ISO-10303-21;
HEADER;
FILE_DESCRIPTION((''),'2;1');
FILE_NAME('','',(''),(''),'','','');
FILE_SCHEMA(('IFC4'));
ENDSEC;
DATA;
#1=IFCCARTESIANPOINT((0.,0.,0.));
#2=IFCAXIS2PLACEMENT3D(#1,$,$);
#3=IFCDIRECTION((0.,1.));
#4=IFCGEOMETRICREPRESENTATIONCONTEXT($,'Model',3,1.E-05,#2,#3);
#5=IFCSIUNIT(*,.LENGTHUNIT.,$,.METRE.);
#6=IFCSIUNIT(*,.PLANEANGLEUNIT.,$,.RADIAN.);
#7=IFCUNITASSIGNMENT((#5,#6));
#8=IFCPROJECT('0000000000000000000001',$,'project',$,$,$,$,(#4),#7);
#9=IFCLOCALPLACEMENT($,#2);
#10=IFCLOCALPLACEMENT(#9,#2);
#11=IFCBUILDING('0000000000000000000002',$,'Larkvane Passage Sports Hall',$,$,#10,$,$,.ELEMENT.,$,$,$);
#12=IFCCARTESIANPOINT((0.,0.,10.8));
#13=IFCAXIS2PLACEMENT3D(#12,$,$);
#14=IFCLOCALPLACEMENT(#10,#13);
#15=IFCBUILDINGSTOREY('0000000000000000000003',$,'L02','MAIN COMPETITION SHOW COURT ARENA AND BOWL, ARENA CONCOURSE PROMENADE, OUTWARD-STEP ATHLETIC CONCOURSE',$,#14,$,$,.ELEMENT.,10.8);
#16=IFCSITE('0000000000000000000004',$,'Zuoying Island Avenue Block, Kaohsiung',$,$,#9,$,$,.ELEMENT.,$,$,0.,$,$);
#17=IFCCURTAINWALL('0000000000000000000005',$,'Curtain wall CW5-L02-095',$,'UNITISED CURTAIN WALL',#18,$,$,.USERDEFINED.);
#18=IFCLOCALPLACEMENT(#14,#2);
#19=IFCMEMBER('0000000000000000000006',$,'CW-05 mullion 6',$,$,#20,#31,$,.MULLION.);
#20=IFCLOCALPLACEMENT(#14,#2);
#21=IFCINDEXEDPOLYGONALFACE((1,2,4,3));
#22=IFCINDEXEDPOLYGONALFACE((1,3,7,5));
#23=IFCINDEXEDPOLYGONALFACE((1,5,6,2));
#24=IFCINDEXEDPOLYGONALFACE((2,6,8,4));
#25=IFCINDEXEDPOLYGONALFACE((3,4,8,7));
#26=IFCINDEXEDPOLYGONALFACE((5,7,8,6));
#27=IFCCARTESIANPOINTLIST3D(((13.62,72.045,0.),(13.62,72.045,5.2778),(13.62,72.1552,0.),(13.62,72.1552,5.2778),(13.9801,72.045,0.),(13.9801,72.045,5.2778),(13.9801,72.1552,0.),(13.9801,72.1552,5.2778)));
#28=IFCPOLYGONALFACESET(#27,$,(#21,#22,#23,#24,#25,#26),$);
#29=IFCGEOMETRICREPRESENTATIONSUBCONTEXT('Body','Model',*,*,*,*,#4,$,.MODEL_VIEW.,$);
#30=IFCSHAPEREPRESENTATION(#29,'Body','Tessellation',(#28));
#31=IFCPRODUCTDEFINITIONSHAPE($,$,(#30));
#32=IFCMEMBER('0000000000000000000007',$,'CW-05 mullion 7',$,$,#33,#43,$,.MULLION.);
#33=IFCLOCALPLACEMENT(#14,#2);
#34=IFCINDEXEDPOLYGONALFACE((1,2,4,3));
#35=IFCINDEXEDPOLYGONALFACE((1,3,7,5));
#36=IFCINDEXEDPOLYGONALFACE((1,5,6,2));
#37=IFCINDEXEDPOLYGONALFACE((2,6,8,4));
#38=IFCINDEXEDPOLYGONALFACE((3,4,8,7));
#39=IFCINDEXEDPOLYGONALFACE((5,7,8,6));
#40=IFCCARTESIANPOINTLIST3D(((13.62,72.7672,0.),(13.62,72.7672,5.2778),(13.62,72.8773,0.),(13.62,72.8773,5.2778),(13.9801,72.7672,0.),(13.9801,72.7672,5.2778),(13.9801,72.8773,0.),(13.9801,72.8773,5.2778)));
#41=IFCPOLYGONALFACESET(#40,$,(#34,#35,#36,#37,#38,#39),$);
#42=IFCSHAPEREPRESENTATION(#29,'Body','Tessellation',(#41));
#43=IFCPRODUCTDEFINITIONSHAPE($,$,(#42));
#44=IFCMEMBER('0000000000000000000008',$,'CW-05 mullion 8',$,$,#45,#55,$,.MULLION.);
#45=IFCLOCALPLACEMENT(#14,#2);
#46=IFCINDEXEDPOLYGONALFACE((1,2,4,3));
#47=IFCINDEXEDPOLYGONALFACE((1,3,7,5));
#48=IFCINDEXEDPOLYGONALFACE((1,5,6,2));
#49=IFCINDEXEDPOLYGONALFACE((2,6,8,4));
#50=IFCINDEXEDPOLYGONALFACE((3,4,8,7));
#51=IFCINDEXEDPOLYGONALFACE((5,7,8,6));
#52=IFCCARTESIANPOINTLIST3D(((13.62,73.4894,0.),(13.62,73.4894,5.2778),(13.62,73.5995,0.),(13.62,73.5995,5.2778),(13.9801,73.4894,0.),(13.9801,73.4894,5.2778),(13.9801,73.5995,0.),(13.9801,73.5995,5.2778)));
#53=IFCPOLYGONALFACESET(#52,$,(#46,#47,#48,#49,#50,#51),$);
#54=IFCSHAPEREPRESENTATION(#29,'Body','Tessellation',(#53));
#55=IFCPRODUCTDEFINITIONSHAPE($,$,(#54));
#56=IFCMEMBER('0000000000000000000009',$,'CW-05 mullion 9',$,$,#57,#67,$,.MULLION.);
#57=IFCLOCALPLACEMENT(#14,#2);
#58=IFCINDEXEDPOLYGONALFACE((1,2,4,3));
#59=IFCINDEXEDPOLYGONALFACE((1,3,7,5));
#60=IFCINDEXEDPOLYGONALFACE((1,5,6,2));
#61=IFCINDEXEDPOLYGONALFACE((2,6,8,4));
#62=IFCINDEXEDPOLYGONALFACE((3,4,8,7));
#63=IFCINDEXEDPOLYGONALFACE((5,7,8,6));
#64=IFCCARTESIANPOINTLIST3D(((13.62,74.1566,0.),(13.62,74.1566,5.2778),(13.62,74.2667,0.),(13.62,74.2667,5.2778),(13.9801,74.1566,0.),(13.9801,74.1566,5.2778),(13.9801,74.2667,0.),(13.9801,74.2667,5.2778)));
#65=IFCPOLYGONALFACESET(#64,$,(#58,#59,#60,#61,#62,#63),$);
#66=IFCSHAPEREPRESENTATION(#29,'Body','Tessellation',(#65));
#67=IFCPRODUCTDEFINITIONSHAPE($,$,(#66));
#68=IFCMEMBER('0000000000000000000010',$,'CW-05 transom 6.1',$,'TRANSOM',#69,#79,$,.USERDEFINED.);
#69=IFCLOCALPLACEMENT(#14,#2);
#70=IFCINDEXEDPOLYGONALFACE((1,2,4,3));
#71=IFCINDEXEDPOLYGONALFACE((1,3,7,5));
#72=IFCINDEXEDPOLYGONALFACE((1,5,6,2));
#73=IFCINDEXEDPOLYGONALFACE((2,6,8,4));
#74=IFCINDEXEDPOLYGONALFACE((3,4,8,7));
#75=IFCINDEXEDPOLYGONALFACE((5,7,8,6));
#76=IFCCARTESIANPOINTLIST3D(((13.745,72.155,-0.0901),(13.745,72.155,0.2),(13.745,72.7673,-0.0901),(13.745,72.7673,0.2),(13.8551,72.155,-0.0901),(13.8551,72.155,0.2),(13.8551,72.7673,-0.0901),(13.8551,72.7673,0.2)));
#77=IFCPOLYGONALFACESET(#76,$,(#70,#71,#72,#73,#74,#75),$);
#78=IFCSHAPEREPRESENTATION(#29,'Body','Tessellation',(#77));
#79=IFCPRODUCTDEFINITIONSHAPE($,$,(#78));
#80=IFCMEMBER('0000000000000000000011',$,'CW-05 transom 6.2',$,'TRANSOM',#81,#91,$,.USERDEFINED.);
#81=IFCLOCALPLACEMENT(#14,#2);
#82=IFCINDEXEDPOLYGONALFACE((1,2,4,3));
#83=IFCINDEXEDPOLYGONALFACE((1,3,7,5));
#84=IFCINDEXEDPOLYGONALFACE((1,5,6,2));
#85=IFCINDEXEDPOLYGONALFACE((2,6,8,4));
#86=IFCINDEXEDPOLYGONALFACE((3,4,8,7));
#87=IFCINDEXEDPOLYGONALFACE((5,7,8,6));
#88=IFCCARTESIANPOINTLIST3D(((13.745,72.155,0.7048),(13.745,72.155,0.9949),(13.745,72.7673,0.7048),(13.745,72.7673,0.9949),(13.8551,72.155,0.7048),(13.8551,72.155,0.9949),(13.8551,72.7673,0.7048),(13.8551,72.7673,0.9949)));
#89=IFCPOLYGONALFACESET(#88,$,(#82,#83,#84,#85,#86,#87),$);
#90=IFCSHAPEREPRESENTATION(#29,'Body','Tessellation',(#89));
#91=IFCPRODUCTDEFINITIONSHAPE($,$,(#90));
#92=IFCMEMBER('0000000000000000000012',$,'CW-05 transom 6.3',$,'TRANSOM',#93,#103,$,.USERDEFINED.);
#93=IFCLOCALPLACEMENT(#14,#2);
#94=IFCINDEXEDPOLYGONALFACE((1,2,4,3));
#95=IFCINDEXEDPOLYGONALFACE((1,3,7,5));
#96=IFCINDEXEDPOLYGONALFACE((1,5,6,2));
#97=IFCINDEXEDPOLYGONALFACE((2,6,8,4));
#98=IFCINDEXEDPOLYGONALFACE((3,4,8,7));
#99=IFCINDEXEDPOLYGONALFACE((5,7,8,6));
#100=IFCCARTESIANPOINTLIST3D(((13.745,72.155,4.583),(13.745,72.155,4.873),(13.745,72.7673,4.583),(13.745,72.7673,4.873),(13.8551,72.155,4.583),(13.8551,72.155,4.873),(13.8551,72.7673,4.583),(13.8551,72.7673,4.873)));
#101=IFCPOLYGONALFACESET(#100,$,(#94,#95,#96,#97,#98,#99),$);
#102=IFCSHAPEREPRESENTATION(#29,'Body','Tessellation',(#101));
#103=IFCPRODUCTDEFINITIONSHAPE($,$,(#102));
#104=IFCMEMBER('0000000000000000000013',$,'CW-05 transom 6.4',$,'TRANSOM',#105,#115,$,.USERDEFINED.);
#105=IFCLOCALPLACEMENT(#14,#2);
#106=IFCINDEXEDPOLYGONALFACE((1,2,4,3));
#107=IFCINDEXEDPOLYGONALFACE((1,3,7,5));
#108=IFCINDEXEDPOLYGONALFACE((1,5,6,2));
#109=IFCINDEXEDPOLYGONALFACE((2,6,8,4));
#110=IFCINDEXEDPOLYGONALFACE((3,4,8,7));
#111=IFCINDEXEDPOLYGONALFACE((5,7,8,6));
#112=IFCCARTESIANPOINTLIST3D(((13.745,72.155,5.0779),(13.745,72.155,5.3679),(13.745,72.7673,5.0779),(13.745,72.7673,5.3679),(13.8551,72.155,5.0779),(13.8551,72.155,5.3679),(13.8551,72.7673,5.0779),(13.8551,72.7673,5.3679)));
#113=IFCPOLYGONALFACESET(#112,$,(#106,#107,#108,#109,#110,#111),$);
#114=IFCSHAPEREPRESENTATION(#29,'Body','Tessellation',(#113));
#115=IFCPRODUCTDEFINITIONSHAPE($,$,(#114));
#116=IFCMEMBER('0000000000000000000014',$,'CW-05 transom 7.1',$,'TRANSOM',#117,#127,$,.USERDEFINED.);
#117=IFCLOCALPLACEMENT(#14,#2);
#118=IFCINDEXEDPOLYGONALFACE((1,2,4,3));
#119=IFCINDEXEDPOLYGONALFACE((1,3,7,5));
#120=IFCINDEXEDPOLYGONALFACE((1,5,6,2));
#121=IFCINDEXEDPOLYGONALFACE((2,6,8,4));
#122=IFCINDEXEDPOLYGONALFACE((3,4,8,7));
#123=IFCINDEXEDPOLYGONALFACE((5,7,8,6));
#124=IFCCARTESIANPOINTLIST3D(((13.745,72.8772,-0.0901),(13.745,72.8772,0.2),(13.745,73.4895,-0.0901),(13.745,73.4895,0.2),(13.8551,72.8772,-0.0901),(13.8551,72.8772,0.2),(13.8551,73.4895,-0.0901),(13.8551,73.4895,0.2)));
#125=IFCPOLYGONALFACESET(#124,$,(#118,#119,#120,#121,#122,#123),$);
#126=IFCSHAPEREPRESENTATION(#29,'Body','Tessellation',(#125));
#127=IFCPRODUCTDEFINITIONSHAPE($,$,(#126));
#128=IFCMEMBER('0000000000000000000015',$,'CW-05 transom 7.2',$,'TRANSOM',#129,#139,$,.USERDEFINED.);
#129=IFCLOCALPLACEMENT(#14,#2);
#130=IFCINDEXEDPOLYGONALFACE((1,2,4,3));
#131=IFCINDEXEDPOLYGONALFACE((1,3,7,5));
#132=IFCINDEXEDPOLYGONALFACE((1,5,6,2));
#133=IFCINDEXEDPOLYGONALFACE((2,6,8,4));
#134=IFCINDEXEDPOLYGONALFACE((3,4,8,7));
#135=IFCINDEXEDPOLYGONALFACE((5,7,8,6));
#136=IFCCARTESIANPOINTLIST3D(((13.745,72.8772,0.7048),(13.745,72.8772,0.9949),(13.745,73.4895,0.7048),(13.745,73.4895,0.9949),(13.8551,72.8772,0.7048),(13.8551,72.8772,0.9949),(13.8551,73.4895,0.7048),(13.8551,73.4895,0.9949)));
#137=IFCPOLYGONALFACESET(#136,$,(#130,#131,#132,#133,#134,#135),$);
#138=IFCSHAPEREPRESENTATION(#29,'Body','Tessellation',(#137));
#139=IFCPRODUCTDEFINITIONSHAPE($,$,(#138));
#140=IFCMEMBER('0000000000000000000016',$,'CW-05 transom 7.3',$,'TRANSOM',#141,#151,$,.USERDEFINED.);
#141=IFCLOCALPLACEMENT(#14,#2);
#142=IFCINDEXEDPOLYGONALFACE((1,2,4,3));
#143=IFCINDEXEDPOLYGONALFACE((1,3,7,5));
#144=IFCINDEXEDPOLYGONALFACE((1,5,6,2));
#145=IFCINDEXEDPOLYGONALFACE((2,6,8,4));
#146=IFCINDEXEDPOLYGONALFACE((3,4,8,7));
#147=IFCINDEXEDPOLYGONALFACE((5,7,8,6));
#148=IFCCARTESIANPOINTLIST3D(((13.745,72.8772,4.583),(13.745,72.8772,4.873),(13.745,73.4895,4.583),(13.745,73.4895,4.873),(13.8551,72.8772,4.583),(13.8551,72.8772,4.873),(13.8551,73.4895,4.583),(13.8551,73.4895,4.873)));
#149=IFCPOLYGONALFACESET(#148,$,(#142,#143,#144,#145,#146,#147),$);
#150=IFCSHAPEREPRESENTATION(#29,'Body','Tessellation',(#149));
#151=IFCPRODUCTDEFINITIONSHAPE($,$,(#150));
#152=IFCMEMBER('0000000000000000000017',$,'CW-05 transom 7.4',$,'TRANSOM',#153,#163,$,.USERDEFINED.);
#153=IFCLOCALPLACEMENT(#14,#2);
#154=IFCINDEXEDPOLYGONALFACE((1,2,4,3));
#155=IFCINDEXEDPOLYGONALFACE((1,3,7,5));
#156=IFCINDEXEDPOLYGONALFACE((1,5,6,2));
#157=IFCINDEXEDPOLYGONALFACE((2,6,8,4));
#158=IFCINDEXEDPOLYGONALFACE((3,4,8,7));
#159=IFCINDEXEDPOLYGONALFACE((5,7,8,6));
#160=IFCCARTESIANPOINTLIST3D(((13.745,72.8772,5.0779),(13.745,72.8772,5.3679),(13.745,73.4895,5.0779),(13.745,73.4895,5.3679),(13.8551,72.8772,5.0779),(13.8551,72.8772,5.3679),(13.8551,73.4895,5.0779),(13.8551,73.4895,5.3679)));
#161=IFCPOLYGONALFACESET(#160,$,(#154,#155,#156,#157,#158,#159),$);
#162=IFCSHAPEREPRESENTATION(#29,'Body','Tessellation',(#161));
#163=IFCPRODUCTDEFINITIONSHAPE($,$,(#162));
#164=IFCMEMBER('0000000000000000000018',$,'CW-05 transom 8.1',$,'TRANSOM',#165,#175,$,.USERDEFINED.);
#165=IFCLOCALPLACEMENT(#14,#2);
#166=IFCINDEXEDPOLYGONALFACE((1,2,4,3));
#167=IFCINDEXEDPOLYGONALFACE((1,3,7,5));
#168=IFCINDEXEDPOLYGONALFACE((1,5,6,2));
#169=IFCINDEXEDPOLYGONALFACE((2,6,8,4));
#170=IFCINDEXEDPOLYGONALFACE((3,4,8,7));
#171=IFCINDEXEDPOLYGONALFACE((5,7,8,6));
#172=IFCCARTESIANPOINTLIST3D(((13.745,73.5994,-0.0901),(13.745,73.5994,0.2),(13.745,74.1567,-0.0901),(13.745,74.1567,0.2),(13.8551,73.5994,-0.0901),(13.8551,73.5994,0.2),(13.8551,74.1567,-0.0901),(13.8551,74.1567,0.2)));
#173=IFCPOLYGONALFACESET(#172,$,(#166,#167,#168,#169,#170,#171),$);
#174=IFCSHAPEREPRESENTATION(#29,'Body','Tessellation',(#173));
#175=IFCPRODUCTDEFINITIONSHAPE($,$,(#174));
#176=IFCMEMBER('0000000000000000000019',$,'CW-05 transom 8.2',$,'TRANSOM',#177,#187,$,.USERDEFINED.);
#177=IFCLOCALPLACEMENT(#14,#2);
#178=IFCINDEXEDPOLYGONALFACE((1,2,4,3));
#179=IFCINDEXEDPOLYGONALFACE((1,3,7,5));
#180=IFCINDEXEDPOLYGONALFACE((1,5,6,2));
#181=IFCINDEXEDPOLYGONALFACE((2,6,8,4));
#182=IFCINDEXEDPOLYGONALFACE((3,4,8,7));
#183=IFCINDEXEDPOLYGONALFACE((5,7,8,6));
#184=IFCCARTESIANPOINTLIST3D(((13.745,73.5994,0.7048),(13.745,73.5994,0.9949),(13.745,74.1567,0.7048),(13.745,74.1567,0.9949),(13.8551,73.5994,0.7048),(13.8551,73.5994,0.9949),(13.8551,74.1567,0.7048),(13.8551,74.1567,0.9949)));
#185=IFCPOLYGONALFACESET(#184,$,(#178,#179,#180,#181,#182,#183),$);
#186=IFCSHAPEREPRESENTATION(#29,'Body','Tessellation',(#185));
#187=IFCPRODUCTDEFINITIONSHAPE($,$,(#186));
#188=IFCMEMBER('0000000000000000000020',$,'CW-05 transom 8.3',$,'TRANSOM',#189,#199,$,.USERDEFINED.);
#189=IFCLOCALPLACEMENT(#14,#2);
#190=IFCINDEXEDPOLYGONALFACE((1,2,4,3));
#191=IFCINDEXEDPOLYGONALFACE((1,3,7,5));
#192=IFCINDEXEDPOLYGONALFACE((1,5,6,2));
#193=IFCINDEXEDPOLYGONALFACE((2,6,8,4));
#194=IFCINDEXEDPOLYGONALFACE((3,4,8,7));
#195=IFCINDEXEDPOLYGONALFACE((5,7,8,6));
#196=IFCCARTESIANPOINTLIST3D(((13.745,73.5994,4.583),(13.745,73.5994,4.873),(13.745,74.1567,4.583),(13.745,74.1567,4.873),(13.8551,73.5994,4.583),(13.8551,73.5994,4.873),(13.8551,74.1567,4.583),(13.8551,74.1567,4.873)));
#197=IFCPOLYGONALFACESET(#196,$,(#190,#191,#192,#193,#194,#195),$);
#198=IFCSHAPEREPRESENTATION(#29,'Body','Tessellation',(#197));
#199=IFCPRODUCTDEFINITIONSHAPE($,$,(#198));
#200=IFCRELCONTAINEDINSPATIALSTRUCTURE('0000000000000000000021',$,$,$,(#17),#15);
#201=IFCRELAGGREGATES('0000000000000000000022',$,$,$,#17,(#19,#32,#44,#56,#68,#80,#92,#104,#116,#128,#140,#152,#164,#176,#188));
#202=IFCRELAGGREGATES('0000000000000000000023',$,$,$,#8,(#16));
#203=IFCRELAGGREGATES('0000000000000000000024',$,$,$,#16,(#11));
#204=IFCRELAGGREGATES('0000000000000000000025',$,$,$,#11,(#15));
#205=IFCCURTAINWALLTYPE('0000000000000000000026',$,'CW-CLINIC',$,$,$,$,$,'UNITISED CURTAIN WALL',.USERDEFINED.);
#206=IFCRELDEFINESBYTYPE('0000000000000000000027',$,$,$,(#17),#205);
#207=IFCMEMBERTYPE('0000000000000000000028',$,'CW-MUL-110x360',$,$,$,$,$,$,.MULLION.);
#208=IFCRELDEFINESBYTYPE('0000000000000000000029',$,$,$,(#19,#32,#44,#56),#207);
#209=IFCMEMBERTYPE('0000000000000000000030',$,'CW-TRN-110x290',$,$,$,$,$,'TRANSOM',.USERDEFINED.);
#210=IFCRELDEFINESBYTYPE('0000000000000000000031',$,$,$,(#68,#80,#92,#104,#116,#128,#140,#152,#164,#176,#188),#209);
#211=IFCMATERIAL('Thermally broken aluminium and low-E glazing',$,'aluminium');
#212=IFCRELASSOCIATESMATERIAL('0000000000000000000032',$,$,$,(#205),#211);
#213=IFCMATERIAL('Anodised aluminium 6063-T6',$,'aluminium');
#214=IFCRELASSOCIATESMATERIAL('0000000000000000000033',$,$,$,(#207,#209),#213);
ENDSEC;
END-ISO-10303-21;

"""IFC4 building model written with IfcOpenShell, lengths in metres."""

from ifc_helpers import new_model, si_unit, direction, frame, origin, origin_2d, place, context, subcontext, project, spatial, rectangle, extrude, material, material_profile, profile_set, type_object, element, aggregate, save


model = new_model("IFC4")

# Units and contexts
model_context = context("Model", 3, precision=1e-05, world=origin(), true_north=direction((0.0, 1.0)))
body_context = subcontext(model_context, "Body", "Model", "MODEL_VIEW")
ifc_project = project(units=[si_unit("LENGTHUNIT", "METRE"), si_unit("PLANEANGLEUNIT", "RADIAN")], contexts=[model_context])

# Site, building, storey
site_placement = place(None, origin())
site = spatial("IfcSite", under=ifc_project, at=site_placement, Name="Zuoying Island Avenue Block, Kaohsiung", CompositionType="ELEMENT", RefElevation=0.0)
building_placement = place(site_placement, origin())
building = spatial("IfcBuilding", under=site, at=building_placement, Name="Larkvane Passage Sports Hall", CompositionType="ELEMENT")
storey_placement = place(building_placement, frame((0.0, 0.0, 10.8)))
storey = spatial("IfcBuildingStorey", under=building, at=storey_placement, Name="L02", Description="MAIN COMPETITION SHOW COURT ARENA AND BOWL, ARENA CONCOURSE PROMENADE, OUTWARD-STEP ATHLETIC CONCOURSE", CompositionType="ELEMENT", Elevation=10.8)

# Curtain wall, members
ifc_material_1 = material(Name="Thermally broken aluminium and low-E glazing", Category="aluminium")
curtain_wall_type = type_object("IfcCurtainWallType", Name="CW-CLINIC", ElementType="UNITISED CURTAIN WALL", PredefinedType="USERDEFINED", material=ifc_material_1)
curtain_wall_placement = place(storey_placement, origin())
curtain_wall = element("IfcCurtainWall", 1, at=curtain_wall_placement, inside=storey, type_object=curtain_wall_type, Name="Curtain wall CW5-L02-095", ObjectType="UNITISED CURTAIN WALL", PredefinedType="USERDEFINED")
ifc_material_2 = material(Name="Anodised aluminium 6063-T6", Category="aluminium")
ifc_material_profile_1 = material_profile(ifc_material_2, rectangle(XDim=0.1101, YDim=0.3601, at=origin_2d()), Name="ALU-MUL-110x360")
ifc_profile_set_1 = profile_set([ifc_material_profile_1], Name="Anodised aluminium 6063-T6")
member_type_1 = type_object("IfcMemberType", Name="CW-MUL-110x360", PredefinedType="MULLION", material=ifc_profile_set_1)
member_1_placement = place(storey_placement, frame((13.8, 72.1001, 0.0), z_axis=(0.0, 0.0, 1.0), x_axis=(0.0, 1.0, 0.0)))
member_1 = element("IfcMember", 2, at=member_1_placement, type_object=member_type_1, Name="CW-05 mullion 6", PredefinedType="MULLION", context=body_context, shape_type="SweptSolid", body=[
    extrude(rectangle(XDim=0.1101, YDim=0.3601, at=origin_2d()), origin(), (0.0, 0.0, 1.0), 5.2778),
])
member_2_placement = place(storey_placement, frame((13.8, 72.8223, 0.0), z_axis=(0.0, 0.0, 1.0), x_axis=(0.0, 1.0, 0.0)))
member_2 = element("IfcMember", 3, at=member_2_placement, type_object=member_type_1, Name="CW-05 mullion 7", PredefinedType="MULLION", context=body_context, shape_type="SweptSolid", body=[
    extrude(rectangle(XDim=0.1101, YDim=0.3601, at=origin_2d()), origin(), (0.0, 0.0, 1.0), 5.2778),
])
member_3_placement = place(storey_placement, frame((13.8, 73.5444, 0.0), z_axis=(0.0, 0.0, 1.0), x_axis=(0.0, 1.0, 0.0)))
member_3 = element("IfcMember", 4, at=member_3_placement, type_object=member_type_1, Name="CW-05 mullion 8", PredefinedType="MULLION", context=body_context, shape_type="SweptSolid", body=[
    extrude(rectangle(XDim=0.1101, YDim=0.3601, at=origin_2d()), origin(), (0.0, 0.0, 1.0), 5.2778),
])
member_4_placement = place(storey_placement, frame((13.8, 74.2117, 0.0), z_axis=(0.0, 0.0, 1.0), x_axis=(0.0, 1.0, 0.0)))
member_4 = element("IfcMember", 5, at=member_4_placement, type_object=member_type_1, Name="CW-05 mullion 9", PredefinedType="MULLION", context=body_context, shape_type="SweptSolid", body=[
    extrude(rectangle(XDim=0.1101, YDim=0.3601, at=origin_2d()), origin(), (0.0, 0.0, 1.0), 5.2778),
])
ifc_material_profile_2 = material_profile(ifc_material_2, rectangle(XDim=0.1101, YDim=0.29, at=origin_2d()), Name="ALU-TRN-110x290")
ifc_profile_set_2 = profile_set([ifc_material_profile_2], Name="Anodised aluminium 6063-T6")
member_type_2 = type_object("IfcMemberType", Name="CW-TRN-110x290", ElementType="TRANSOM", PredefinedType="USERDEFINED", material=ifc_profile_set_2)
member_5_placement = place(storey_placement, frame((13.8, 72.155, 0.0549), z_axis=(0.0, 1.0, 0.0), x_axis=(-1.0, 0.0, 0.0)))
member_5 = element("IfcMember", 6, at=member_5_placement, type_object=member_type_2, Name="CW-05 transom 6.1", ObjectType="TRANSOM", PredefinedType="USERDEFINED", context=body_context, shape_type="SweptSolid", body=[
    extrude(rectangle(XDim=0.1101, YDim=0.29, at=origin_2d()), origin(), (0.0, 0.0, 1.0), 0.6123),
])
member_6_placement = place(storey_placement, frame((13.8, 72.155, 0.8499), z_axis=(0.0, 1.0, 0.0), x_axis=(-1.0, 0.0, 0.0)))
member_6 = element("IfcMember", 7, at=member_6_placement, type_object=member_type_2, Name="CW-05 transom 6.2", ObjectType="TRANSOM", PredefinedType="USERDEFINED", context=body_context, shape_type="SweptSolid", body=[
    extrude(rectangle(XDim=0.1101, YDim=0.29, at=origin_2d()), origin(), (0.0, 0.0, 1.0), 0.6123),
])
member_7_placement = place(storey_placement, frame((13.8, 72.155, 4.728), z_axis=(0.0, 1.0, 0.0), x_axis=(-1.0, 0.0, 0.0)))
member_7 = element("IfcMember", 8, at=member_7_placement, type_object=member_type_2, Name="CW-05 transom 6.3", ObjectType="TRANSOM", PredefinedType="USERDEFINED", context=body_context, shape_type="SweptSolid", body=[
    extrude(rectangle(XDim=0.1101, YDim=0.29, at=origin_2d()), origin(), (0.0, 0.0, 1.0), 0.6123),
])
member_8_placement = place(storey_placement, frame((13.8, 72.155, 5.2229), z_axis=(0.0, 1.0, 0.0), x_axis=(-1.0, 0.0, 0.0)))
member_8 = element("IfcMember", 9, at=member_8_placement, type_object=member_type_2, Name="CW-05 transom 6.4", ObjectType="TRANSOM", PredefinedType="USERDEFINED", context=body_context, shape_type="SweptSolid", body=[
    extrude(rectangle(XDim=0.1101, YDim=0.29, at=origin_2d()), origin(), (0.0, 0.0, 1.0), 0.6123),
])
member_9_placement = place(storey_placement, frame((13.8, 72.8772, 0.0549), z_axis=(0.0, 1.0, 0.0), x_axis=(-1.0, 0.0, 0.0)))
member_9 = element("IfcMember", 10, at=member_9_placement, type_object=member_type_2, Name="CW-05 transom 7.1", ObjectType="TRANSOM", PredefinedType="USERDEFINED", context=body_context, shape_type="SweptSolid", body=[
    extrude(rectangle(XDim=0.1101, YDim=0.29, at=origin_2d()), origin(), (0.0, 0.0, 1.0), 0.6123),
])
member_10_placement = place(storey_placement, frame((13.8, 72.8772, 0.8499), z_axis=(0.0, 1.0, 0.0), x_axis=(-1.0, 0.0, 0.0)))
member_10 = element("IfcMember", 11, at=member_10_placement, type_object=member_type_2, Name="CW-05 transom 7.2", ObjectType="TRANSOM", PredefinedType="USERDEFINED", context=body_context, shape_type="SweptSolid", body=[
    extrude(rectangle(XDim=0.1101, YDim=0.29, at=origin_2d()), origin(), (0.0, 0.0, 1.0), 0.6123),
])
member_11_placement = place(storey_placement, frame((13.8, 72.8772, 4.728), z_axis=(0.0, 1.0, 0.0), x_axis=(-1.0, 0.0, 0.0)))
member_11 = element("IfcMember", 12, at=member_11_placement, type_object=member_type_2, Name="CW-05 transom 7.3", ObjectType="TRANSOM", PredefinedType="USERDEFINED", context=body_context, shape_type="SweptSolid", body=[
    extrude(rectangle(XDim=0.1101, YDim=0.29, at=origin_2d()), origin(), (0.0, 0.0, 1.0), 0.6123),
])
member_12_placement = place(storey_placement, frame((13.8, 72.8772, 5.2229), z_axis=(0.0, 1.0, 0.0), x_axis=(-1.0, 0.0, 0.0)))
member_12 = element("IfcMember", 13, at=member_12_placement, type_object=member_type_2, Name="CW-05 transom 7.4", ObjectType="TRANSOM", PredefinedType="USERDEFINED", context=body_context, shape_type="SweptSolid", body=[
    extrude(rectangle(XDim=0.1101, YDim=0.29, at=origin_2d()), origin(), (0.0, 0.0, 1.0), 0.6123),
])
member_13_placement = place(storey_placement, frame((13.8, 73.5994, 0.0549), z_axis=(0.0, 1.0, 0.0), x_axis=(-1.0, 0.0, 0.0)))
member_13 = element("IfcMember", 14, at=member_13_placement, type_object=member_type_2, Name="CW-05 transom 8.1", ObjectType="TRANSOM", PredefinedType="USERDEFINED", context=body_context, shape_type="SweptSolid", body=[
    extrude(rectangle(XDim=0.1101, YDim=0.29, at=origin_2d()), origin(), (0.0, 0.0, 1.0), 0.5574),
])
member_14_placement = place(storey_placement, frame((13.8, 73.5994, 0.8499), z_axis=(0.0, 1.0, 0.0), x_axis=(-1.0, 0.0, 0.0)))
member_14 = element("IfcMember", 15, at=member_14_placement, type_object=member_type_2, Name="CW-05 transom 8.2", ObjectType="TRANSOM", PredefinedType="USERDEFINED", context=body_context, shape_type="SweptSolid", body=[
    extrude(rectangle(XDim=0.1101, YDim=0.29, at=origin_2d()), origin(), (0.0, 0.0, 1.0), 0.5574),
])
member_15_placement = place(storey_placement, frame((13.8, 73.5994, 4.728), z_axis=(0.0, 1.0, 0.0), x_axis=(-1.0, 0.0, 0.0)))
member_15 = element("IfcMember", 16, at=member_15_placement, type_object=member_type_2, Name="CW-05 transom 8.3", ObjectType="TRANSOM", PredefinedType="USERDEFINED", context=body_context, shape_type="SweptSolid", body=[
    extrude(rectangle(XDim=0.1101, YDim=0.29, at=origin_2d()), origin(), (0.0, 0.0, 1.0), 0.5574),
])
aggregate(curtain_wall, [member_1, member_2, member_3, member_4, member_5, member_6, member_7, member_8, member_9, member_10, member_11, member_12, member_13, member_14, member_15])

save(model, "model.ifc")
